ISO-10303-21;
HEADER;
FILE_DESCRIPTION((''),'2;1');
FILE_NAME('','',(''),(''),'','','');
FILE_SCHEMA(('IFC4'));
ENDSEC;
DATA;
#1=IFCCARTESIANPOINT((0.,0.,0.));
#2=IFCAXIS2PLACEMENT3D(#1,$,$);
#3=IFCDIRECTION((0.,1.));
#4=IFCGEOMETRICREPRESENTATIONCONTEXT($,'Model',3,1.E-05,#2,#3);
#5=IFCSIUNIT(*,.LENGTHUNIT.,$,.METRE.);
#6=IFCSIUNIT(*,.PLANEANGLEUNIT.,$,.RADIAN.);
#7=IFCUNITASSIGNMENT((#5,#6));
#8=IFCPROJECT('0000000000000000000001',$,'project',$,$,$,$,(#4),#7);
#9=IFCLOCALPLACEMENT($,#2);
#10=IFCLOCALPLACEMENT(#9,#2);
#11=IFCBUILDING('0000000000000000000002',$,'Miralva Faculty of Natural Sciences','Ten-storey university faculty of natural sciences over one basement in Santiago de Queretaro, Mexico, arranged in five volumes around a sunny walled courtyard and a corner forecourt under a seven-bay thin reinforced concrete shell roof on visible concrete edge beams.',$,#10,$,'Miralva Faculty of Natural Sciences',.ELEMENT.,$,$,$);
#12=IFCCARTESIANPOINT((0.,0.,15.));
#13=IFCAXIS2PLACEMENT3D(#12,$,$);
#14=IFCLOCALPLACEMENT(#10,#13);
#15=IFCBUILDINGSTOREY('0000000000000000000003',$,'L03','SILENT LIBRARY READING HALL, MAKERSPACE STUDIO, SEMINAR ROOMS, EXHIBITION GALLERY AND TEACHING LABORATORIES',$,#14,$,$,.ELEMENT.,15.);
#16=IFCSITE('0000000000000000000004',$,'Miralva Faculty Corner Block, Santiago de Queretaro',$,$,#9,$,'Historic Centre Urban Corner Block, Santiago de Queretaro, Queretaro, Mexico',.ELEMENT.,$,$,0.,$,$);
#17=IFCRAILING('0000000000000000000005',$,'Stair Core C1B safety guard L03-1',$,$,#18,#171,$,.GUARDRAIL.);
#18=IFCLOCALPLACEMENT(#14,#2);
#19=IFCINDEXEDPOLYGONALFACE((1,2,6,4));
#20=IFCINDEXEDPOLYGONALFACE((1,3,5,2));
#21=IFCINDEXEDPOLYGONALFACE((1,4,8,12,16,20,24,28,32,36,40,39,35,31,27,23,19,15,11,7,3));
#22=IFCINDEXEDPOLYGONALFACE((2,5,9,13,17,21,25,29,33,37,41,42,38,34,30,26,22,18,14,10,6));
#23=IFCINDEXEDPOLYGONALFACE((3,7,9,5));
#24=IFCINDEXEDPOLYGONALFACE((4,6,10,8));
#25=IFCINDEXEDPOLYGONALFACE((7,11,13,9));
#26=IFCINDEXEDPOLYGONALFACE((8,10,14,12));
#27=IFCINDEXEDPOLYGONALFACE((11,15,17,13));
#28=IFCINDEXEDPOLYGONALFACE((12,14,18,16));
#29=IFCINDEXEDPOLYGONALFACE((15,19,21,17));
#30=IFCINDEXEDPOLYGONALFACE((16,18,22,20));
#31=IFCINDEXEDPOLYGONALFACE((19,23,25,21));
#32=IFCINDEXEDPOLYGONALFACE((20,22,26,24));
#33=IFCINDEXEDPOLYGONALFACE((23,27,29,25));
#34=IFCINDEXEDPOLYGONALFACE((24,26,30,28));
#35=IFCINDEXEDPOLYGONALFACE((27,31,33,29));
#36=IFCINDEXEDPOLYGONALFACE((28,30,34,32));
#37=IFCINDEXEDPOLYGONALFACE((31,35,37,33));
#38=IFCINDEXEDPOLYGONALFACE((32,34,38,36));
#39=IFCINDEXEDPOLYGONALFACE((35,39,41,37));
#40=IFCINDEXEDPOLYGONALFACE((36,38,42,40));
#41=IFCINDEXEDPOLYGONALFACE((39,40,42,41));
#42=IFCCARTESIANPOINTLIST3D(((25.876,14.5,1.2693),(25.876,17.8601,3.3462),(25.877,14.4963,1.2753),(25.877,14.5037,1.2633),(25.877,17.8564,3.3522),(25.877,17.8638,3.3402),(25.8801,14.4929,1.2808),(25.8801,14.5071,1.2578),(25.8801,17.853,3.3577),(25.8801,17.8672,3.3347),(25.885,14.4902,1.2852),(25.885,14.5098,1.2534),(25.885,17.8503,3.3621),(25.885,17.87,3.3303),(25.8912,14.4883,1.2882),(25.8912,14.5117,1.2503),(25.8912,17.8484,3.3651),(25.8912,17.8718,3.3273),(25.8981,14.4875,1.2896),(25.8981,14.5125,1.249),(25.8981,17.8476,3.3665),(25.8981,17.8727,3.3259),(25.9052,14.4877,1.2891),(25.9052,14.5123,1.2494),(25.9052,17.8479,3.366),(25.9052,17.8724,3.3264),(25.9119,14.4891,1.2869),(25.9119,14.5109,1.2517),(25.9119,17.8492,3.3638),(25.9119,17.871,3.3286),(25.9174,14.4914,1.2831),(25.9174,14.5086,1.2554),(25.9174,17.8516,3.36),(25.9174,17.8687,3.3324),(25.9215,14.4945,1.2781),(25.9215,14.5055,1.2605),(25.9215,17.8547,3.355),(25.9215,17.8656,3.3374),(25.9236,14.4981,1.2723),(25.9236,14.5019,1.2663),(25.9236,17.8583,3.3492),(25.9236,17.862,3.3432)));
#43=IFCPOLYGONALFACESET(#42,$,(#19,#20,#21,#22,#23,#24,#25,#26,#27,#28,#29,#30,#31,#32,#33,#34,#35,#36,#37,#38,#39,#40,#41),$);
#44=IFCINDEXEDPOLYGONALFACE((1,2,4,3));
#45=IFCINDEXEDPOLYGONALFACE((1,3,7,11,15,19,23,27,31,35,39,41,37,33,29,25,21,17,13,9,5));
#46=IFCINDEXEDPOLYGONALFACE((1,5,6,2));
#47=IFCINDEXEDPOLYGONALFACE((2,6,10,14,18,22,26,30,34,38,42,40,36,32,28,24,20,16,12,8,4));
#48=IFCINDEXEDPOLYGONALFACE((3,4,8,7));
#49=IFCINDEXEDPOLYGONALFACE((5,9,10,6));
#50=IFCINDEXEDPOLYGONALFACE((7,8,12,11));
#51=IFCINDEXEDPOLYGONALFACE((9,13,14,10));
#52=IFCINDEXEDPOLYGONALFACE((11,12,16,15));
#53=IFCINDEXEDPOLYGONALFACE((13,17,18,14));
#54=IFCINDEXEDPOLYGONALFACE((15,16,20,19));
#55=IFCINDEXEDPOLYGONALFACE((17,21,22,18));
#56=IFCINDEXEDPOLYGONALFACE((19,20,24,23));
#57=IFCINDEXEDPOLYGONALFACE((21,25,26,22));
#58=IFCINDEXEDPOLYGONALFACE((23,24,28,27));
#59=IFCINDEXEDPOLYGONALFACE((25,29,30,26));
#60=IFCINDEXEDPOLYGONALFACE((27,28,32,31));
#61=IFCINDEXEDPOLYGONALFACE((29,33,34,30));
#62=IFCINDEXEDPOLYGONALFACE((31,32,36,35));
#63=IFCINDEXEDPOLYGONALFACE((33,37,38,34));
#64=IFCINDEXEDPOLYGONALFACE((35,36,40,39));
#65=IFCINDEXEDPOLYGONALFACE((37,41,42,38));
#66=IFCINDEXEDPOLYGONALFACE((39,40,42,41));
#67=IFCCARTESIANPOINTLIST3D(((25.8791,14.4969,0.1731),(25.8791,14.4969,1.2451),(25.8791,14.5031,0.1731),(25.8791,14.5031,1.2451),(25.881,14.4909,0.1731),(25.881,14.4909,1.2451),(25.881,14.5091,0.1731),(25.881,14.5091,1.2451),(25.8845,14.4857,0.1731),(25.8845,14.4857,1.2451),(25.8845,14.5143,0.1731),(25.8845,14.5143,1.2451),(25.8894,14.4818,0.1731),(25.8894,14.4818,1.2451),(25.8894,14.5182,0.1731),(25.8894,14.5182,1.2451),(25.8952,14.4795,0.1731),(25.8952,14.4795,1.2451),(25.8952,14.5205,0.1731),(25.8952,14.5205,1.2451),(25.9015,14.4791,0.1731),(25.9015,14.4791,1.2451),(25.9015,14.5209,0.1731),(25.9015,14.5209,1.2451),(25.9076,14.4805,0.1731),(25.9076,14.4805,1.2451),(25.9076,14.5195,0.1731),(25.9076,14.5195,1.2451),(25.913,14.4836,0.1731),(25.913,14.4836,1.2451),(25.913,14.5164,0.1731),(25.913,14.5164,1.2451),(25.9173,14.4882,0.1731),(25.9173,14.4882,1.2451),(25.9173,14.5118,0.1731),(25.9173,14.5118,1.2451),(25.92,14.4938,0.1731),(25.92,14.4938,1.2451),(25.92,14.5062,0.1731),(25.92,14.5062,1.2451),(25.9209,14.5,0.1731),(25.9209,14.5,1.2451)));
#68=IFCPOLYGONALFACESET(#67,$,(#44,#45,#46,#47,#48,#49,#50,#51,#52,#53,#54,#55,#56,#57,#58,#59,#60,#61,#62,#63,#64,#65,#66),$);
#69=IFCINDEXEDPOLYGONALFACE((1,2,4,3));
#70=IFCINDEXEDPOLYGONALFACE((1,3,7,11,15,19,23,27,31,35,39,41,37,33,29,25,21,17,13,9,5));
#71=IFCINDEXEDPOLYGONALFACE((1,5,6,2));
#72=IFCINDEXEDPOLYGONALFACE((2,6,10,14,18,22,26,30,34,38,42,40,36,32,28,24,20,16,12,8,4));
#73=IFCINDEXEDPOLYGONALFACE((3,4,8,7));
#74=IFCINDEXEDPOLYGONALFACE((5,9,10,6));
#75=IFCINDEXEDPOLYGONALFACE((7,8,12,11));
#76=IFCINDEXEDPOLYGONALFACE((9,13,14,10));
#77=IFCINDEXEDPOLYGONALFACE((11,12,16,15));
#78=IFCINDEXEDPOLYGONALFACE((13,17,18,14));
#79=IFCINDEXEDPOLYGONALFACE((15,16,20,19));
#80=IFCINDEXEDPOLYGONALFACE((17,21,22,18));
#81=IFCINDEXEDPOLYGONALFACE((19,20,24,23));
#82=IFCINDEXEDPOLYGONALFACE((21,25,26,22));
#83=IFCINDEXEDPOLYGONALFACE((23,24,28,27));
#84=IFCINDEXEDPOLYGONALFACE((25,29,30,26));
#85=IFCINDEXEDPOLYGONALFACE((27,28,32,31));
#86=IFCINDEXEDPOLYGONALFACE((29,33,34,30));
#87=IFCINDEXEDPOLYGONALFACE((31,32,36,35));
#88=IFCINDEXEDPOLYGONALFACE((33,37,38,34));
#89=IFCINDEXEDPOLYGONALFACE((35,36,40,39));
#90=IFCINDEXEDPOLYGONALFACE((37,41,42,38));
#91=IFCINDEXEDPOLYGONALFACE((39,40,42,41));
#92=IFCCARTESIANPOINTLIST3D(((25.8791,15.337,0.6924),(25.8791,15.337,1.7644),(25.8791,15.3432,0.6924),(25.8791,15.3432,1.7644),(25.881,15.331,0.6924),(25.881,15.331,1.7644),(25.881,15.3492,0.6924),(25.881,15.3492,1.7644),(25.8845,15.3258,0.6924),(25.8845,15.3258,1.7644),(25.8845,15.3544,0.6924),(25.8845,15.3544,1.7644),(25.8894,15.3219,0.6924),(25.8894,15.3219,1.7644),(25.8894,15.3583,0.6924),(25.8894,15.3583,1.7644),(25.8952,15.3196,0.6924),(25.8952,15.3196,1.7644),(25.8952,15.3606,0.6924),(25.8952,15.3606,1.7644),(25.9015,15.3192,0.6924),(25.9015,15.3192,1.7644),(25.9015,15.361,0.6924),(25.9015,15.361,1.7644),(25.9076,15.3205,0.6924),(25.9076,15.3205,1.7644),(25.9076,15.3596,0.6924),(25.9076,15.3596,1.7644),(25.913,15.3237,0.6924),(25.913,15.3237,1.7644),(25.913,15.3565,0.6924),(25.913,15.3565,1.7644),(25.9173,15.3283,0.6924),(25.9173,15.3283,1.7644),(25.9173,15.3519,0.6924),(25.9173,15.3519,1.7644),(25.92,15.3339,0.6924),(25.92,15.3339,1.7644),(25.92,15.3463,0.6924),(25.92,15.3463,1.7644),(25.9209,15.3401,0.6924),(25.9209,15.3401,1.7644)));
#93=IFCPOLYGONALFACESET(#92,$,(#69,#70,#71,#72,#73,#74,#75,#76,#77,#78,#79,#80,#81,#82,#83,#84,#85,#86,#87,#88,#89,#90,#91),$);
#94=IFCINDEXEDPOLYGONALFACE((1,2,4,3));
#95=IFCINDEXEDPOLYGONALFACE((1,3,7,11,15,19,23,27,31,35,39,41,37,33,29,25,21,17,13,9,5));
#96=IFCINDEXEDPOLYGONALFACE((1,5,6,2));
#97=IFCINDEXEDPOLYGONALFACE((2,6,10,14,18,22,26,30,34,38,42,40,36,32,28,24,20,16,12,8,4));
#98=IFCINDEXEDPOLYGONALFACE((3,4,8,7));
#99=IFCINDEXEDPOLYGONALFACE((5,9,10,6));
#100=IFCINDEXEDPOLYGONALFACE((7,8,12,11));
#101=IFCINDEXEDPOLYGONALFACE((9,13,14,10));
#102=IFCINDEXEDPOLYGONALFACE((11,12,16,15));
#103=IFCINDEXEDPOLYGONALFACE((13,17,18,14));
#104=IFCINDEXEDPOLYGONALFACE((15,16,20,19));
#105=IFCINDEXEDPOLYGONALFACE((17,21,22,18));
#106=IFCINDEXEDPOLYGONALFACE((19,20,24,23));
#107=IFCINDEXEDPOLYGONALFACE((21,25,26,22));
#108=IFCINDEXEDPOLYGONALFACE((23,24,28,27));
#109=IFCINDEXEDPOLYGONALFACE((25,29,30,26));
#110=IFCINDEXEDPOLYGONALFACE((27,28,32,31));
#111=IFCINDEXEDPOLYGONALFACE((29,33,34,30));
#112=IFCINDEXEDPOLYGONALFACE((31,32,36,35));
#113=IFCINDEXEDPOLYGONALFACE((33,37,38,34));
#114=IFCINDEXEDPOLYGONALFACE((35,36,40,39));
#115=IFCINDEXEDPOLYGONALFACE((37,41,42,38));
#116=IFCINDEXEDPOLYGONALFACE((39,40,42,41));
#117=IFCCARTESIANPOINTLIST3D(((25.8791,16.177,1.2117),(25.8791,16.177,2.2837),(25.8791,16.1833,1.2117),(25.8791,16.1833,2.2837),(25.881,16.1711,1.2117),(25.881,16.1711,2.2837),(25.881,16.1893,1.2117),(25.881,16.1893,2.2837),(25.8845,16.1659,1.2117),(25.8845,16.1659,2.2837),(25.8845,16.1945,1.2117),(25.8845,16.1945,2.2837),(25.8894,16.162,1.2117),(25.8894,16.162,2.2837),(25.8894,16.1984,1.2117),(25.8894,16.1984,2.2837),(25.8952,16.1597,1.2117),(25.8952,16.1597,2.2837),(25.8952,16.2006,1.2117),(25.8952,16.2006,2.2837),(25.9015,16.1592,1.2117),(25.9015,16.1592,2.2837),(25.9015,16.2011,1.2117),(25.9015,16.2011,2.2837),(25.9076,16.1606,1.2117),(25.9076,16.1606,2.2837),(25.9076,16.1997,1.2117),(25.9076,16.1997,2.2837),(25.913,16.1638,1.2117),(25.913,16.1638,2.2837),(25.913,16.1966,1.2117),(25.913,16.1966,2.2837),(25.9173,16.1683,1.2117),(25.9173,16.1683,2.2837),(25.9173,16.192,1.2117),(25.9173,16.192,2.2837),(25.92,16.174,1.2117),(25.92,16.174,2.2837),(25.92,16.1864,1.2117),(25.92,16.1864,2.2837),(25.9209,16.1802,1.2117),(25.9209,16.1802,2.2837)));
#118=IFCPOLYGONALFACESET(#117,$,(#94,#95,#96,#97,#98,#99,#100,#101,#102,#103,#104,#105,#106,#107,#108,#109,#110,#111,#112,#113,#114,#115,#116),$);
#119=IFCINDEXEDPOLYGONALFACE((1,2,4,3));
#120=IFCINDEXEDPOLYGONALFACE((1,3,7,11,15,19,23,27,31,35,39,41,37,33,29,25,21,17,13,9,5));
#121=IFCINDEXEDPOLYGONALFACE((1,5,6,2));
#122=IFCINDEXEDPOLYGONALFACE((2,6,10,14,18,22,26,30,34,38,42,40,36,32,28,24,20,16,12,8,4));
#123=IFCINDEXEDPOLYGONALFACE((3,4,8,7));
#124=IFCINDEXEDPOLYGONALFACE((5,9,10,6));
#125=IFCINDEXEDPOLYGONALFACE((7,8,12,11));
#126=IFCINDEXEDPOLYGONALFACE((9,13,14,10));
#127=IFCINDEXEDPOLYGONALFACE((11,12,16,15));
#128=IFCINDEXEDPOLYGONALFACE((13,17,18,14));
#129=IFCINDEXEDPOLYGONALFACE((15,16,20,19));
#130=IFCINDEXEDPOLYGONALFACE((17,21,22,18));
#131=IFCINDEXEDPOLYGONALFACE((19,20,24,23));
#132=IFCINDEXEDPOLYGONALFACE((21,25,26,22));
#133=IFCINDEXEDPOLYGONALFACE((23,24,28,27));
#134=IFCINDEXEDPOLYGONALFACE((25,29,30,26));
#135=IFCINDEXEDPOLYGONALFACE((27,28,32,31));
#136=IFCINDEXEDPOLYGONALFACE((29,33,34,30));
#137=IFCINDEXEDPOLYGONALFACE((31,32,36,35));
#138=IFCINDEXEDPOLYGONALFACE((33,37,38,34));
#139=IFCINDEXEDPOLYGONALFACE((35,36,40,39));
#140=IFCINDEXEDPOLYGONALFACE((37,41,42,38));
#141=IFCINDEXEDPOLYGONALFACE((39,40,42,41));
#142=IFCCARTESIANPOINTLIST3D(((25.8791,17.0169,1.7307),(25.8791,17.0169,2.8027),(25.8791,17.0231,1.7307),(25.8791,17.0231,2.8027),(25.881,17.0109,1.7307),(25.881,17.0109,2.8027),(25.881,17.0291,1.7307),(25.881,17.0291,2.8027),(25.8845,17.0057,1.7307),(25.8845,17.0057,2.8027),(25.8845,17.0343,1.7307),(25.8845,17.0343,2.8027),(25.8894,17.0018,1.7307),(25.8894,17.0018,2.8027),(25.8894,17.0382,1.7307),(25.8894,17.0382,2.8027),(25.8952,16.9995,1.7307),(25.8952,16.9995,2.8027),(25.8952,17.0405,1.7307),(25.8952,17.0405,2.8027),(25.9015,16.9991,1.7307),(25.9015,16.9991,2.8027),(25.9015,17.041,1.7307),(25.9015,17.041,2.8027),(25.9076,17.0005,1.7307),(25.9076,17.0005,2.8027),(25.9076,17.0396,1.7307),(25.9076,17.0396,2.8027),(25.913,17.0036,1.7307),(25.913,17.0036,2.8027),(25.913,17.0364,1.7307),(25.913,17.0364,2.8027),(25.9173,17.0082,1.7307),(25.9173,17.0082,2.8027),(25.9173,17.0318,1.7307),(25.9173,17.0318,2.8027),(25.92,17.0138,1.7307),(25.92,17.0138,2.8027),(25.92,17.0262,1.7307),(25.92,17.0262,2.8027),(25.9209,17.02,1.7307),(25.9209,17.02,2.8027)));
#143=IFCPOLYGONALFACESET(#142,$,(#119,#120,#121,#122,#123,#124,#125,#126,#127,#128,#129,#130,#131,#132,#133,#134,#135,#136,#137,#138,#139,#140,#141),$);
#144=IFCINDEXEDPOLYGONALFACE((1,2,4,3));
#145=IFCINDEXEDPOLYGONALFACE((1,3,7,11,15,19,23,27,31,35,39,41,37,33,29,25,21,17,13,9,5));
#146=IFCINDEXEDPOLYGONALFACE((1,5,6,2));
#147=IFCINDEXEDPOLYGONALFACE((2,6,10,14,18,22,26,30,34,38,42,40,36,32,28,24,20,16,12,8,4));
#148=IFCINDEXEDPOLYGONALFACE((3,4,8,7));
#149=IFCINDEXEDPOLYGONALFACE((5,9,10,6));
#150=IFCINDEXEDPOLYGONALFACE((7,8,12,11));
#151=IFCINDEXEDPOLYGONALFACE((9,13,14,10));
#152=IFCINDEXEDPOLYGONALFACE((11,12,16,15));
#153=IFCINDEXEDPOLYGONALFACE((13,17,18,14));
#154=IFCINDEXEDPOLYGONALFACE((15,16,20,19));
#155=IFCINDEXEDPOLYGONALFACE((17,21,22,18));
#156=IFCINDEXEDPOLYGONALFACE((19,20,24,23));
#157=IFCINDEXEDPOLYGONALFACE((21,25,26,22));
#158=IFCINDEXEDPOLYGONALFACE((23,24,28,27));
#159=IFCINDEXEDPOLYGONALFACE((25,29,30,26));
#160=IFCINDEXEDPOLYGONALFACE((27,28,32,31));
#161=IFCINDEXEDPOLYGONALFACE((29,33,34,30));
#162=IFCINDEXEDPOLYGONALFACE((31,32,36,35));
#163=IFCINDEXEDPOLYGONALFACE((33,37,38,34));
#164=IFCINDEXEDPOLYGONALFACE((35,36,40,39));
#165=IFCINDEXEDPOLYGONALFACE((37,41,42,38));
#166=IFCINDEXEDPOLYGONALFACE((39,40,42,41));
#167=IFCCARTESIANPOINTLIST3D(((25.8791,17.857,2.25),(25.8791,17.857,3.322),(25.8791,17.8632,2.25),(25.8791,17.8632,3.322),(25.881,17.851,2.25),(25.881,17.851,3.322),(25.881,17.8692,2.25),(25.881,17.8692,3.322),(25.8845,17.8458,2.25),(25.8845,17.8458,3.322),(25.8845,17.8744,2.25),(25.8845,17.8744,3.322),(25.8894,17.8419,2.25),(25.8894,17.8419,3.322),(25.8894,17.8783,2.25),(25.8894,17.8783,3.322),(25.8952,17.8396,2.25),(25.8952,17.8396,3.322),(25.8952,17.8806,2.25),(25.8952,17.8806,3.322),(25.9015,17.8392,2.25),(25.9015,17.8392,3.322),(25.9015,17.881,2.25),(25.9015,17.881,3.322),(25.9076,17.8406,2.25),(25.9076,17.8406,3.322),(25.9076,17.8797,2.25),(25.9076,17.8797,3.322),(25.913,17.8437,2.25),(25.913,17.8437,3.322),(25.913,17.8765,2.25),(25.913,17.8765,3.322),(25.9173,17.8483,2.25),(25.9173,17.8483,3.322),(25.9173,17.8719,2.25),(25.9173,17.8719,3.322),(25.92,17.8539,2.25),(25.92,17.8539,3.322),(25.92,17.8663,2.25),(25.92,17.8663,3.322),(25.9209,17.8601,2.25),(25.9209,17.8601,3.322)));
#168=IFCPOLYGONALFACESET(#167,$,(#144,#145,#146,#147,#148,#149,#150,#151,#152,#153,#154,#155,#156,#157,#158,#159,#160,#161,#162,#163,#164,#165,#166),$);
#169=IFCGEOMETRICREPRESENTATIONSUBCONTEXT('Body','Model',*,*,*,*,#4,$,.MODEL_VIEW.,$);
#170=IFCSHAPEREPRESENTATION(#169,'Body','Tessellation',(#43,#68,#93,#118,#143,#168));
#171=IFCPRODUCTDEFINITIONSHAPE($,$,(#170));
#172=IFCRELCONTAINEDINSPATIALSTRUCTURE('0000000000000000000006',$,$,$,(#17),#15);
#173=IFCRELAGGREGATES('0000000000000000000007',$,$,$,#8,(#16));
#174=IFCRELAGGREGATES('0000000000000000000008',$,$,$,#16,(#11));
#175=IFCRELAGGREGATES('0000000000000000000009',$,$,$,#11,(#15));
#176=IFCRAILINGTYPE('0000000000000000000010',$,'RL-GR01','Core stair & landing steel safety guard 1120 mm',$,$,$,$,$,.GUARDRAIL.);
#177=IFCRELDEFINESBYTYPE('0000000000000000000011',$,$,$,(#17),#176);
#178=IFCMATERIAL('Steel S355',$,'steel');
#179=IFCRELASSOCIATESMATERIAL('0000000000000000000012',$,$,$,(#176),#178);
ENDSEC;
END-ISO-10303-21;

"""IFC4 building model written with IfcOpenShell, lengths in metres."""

from ifc_helpers import new_model, si_unit, direction, frame, origin, origin_2d, place, context, subcontext, project, spatial, circle, extrude, material, type_object, element, save


model = new_model("IFC4")

# Units and contexts
model_context = context("Model", 3, precision=1e-05, world=origin(), true_north=direction((0.0, 1.0)))
body_context = subcontext(model_context, "Body", "Model", "MODEL_VIEW")
ifc_project = project(units=[si_unit("LENGTHUNIT", "METRE"), si_unit("PLANEANGLEUNIT", "RADIAN")], contexts=[model_context])

# Site, building, storey
site_placement = place(None, origin())
site = spatial("IfcSite", under=ifc_project, at=site_placement, Name="Miralva Faculty Corner Block, Santiago de Queretaro", LongName="Historic Centre Urban Corner Block, Santiago de Queretaro, Queretaro, Mexico", CompositionType="ELEMENT", RefElevation=0.0)
building_placement = place(site_placement, origin())
building = spatial("IfcBuilding", under=site, at=building_placement, Name="Miralva Faculty of Natural Sciences", Description="Ten-storey university faculty of natural sciences over one basement in Santiago de Queretaro, Mexico, arranged in five volumes around a sunny walled courtyard and a corner forecourt under a seven-bay thin reinforced concrete shell roof on visible concrete edge beams.", LongName="Miralva Faculty of Natural Sciences", CompositionType="ELEMENT")
storey_placement = place(building_placement, frame((0.0, 0.0, 15.0)))
storey = spatial("IfcBuildingStorey", under=building, at=storey_placement, Name="L03", Description="SILENT LIBRARY READING HALL, MAKERSPACE STUDIO, SEMINAR ROOMS, EXHIBITION GALLERY AND TEACHING LABORATORIES", CompositionType="ELEMENT", Elevation=15.0)

# Railing
ifc_material_1 = material(Name="Steel S355", Category="steel")
railing_type_1 = type_object("IfcRailingType", Name="RL-GR01", Description="Core stair & landing steel safety guard 1120 mm", PredefinedType="GUARDRAIL", material=ifc_material_1)
railing_1_placement = place(storey_placement, frame((25.8999, 14.5, 0.1731)))
element("IfcRailing", 1, at=railing_1_placement, inside=storey, type_object=railing_type_1, Name="Stair Core C1B safety guard L03-1", PredefinedType="GUARDRAIL", context=body_context, shape_type="SweptSolid", body=[
    extrude(circle(Radius=0.0239, at=origin_2d()), frame((0.0, 0.0, 1.0962), z_axis=(0.0, 0.850623, 0.525776), x_axis=(-1.0, 0.0, 0.0)), (0.0, 0.0, 1.0), 3.9502),
    extrude(circle(Radius=0.021, at=origin_2d()), origin(), (0.0, 0.0, 1.0), 1.072),
    extrude(circle(Radius=0.021, at=origin_2d()), frame((0.0, 0.8401, 0.5193)), (0.0, 0.0, 1.0), 1.072),
    extrude(circle(Radius=0.021, at=origin_2d()), frame((0.0, 1.6802, 1.0386)), (0.0, 0.0, 1.0), 1.072),
    extrude(circle(Radius=0.021, at=origin_2d()), frame((0.0, 2.52, 1.5576)), (0.0, 0.0, 1.0), 1.072),
    extrude(circle(Radius=0.021, at=origin_2d()), frame((0.0, 3.3601, 2.0769)), (0.0, 0.0, 1.0), 1.072),
])

save(model, "model.ifc")
